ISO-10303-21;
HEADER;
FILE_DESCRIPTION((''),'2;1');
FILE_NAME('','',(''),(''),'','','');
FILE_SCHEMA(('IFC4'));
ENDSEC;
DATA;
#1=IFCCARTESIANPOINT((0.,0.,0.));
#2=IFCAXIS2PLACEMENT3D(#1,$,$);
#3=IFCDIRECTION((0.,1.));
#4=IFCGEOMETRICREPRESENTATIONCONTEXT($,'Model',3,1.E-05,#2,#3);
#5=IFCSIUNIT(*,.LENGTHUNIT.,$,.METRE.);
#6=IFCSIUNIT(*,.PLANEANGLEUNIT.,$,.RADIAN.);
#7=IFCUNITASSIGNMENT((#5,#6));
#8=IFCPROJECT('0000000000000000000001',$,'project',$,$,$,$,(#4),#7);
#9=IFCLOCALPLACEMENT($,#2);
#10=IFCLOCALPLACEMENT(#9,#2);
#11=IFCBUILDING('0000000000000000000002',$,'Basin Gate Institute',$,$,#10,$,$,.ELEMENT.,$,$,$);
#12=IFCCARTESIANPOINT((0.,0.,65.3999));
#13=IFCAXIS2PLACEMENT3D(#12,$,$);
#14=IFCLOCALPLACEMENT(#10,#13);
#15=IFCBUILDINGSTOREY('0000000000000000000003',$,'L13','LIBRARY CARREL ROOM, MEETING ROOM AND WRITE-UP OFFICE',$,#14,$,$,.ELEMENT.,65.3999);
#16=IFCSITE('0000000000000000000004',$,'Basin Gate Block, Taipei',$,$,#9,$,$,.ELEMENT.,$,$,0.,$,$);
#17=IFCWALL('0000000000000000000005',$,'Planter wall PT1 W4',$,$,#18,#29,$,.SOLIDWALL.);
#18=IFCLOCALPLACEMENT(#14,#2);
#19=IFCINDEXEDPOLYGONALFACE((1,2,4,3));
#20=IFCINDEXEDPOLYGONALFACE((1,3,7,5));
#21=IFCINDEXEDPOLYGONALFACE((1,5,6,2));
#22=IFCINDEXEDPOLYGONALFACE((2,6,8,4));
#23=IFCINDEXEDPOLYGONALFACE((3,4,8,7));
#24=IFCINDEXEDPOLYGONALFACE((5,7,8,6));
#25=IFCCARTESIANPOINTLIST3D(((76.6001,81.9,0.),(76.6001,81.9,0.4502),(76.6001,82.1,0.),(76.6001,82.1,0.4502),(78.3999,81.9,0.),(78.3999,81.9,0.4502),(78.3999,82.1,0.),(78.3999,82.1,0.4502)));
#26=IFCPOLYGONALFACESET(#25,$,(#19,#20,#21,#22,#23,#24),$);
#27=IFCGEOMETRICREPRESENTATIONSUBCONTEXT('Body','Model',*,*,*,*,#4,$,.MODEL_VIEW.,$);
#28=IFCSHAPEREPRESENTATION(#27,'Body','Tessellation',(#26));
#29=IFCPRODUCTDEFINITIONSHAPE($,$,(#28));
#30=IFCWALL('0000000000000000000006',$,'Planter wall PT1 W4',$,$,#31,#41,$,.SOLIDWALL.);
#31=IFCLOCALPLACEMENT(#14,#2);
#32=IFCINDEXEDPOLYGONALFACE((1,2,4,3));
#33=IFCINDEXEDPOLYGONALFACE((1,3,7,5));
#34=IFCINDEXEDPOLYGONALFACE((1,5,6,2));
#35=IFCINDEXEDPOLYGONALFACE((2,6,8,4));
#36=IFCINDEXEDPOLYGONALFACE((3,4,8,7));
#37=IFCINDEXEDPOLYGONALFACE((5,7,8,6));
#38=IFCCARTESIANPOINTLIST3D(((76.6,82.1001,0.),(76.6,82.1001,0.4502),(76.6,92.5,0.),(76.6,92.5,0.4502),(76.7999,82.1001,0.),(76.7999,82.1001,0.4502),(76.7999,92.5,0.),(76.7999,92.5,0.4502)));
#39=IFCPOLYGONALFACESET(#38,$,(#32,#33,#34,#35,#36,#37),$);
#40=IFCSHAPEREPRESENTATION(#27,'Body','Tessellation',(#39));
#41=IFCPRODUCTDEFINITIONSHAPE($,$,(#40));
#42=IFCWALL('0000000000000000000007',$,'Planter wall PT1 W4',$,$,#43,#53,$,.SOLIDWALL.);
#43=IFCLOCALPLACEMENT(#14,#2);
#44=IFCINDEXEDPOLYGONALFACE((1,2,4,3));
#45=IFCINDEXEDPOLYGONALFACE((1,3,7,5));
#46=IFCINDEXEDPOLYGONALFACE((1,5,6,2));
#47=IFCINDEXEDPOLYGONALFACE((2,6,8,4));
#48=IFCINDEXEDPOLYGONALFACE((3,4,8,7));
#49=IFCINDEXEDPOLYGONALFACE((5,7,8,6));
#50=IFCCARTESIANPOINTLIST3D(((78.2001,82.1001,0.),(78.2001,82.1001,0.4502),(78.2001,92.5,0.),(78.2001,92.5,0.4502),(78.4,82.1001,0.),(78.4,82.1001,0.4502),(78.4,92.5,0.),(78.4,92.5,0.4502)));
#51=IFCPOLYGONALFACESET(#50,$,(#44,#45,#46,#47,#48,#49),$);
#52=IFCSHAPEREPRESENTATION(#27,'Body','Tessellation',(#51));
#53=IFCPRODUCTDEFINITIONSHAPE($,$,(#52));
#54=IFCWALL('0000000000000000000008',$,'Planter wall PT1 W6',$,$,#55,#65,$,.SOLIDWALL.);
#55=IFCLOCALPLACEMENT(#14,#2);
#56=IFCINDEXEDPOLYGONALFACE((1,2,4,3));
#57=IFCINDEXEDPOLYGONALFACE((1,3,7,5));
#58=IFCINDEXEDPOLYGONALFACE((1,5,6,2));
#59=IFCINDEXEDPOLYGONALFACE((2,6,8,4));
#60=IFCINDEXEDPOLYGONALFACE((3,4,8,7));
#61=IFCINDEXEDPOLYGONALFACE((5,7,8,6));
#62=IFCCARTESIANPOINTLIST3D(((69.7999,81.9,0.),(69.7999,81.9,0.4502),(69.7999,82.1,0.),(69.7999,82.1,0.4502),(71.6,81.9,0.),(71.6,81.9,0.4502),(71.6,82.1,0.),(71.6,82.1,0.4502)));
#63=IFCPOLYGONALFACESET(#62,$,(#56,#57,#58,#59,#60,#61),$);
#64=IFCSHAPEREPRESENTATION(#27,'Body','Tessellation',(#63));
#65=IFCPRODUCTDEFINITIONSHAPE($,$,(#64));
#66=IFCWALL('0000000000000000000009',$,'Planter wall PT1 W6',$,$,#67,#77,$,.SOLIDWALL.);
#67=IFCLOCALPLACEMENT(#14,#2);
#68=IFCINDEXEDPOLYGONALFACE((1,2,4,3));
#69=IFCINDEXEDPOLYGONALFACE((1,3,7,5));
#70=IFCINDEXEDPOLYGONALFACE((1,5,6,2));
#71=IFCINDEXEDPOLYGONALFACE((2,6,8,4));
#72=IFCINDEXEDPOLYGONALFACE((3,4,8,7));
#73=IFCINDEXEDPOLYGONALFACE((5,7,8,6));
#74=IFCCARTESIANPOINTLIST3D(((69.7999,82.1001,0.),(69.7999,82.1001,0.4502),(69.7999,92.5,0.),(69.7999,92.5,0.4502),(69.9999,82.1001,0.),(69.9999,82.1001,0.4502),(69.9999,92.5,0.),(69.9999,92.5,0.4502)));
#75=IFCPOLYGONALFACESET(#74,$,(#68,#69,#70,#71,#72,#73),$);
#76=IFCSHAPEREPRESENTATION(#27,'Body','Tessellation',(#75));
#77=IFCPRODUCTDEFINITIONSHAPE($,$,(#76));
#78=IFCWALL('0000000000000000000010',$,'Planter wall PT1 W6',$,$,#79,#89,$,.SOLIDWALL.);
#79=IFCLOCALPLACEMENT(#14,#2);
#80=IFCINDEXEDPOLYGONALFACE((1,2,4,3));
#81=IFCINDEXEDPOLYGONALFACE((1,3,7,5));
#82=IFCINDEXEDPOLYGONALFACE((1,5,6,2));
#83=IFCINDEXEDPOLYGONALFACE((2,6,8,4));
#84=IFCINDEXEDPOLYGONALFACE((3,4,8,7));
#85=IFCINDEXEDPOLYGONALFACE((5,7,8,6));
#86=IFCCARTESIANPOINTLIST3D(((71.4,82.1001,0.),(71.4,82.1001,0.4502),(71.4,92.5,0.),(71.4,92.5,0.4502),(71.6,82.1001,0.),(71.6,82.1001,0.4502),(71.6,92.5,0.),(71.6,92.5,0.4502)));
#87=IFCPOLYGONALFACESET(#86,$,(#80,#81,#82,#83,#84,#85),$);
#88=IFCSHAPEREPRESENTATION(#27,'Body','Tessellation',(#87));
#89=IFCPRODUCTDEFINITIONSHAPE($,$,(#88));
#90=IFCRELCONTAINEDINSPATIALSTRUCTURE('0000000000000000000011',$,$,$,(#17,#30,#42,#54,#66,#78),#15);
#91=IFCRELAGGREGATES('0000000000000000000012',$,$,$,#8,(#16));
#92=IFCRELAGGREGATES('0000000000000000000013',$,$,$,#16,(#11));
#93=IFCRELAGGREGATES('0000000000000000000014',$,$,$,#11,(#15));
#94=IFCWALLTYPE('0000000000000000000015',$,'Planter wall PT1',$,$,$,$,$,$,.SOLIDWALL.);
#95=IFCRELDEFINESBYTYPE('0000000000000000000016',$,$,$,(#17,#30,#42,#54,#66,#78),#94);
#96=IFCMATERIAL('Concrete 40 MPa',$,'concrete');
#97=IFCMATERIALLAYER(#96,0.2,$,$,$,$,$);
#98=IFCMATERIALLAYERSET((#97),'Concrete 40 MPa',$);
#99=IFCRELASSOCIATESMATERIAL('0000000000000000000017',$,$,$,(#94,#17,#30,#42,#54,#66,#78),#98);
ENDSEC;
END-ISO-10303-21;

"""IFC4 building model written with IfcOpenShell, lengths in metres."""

from ifc_helpers import new_model, si_unit, direction, frame, frame_2d, origin, place, context, subcontext, project, spatial, rectangle, extrude, material, layer, layer_set, type_object, element, save


model = new_model("IFC4")

# Units and contexts
model_context = context("Model", 3, precision=1e-05, world=origin(), true_north=direction((0.0, 1.0)))
body_context = subcontext(model_context, "Body", "Model", "MODEL_VIEW")
ifc_project = project(units=[si_unit("LENGTHUNIT", "METRE"), si_unit("PLANEANGLEUNIT", "RADIAN")], contexts=[model_context])

# Site, building, storey
site_placement = place(None, origin())
site = spatial("IfcSite", under=ifc_project, at=site_placement, Name="Basin Gate Block, Taipei", CompositionType="ELEMENT", RefElevation=0.0)
building_placement = place(site_placement, origin())
building = spatial("IfcBuilding", under=site, at=building_placement, Name="Basin Gate Institute", CompositionType="ELEMENT")
storey_placement = place(building_placement, frame((0.0, 0.0, 65.3999)))
storey = spatial("IfcBuildingStorey", under=building, at=storey_placement, Name="L13", Description="LIBRARY CARREL ROOM, MEETING ROOM AND WRITE-UP OFFICE", CompositionType="ELEMENT", Elevation=65.3999)

# Walls
ifc_material_1 = material(Name="Concrete 40 MPa", Category="concrete")
ifc_layer_1 = layer(ifc_material_1, 0.2)
ifc_layer_set_1 = layer_set([ifc_layer_1], Name="Concrete 40 MPa")
wall_type_1 = type_object("IfcWallType", Name="Planter wall PT1", PredefinedType="SOLIDWALL", material=ifc_layer_set_1)
wall_1_placement = place(storey_placement, frame((76.6001, 82.0, 0.0), z_axis=(0.0, 0.0, 1.0), x_axis=(1.0, 0.0, 0.0)))
element("IfcWall", 1, at=wall_1_placement, inside=storey, type_object=wall_type_1, material=ifc_layer_set_1, Name="Planter wall PT1 W4", PredefinedType="SOLIDWALL", context=body_context, shape_type="SweptSolid", body=[
    extrude(rectangle(XDim=1.7998, YDim=0.2, at=frame_2d((0.8999, 0.0))), origin(), (0.0, 0.0, 1.0), 0.4502),
])
for number, where, z_axis, x_axis, name in (
    (2, (76.7, 82.1001, 0.0), (0.0, 0.0, 1.0), (0.0, 1.0, 0.0), "Planter wall PT1 W4"),
    (3, (78.3, 82.1001, 0.0), (0.0, 0.0, 1.0), (0.0, 1.0, 0.0), "Planter wall PT1 W4"),
):
    element("IfcWall", number, at=place(storey_placement, frame(where, z_axis=z_axis, x_axis=x_axis)), inside=storey, type_object=wall_type_1, material=ifc_layer_set_1, Name=name, PredefinedType="SOLIDWALL", context=body_context, shape_type="SweptSolid", body=[
        extrude(rectangle(XDim=10.3999, YDim=0.2, at=frame_2d((5.2, 0.0))), origin(), (0.0, 0.0, 1.0), 0.4502),
    ])
wall_2_placement = place(storey_placement, frame((69.8, 82.0, 0.0), z_axis=(0.0, 0.0, 1.0), x_axis=(1.0, 0.0, 0.0)))
element("IfcWall", 4, at=wall_2_placement, inside=storey, type_object=wall_type_1, material=ifc_layer_set_1, Name="Planter wall PT1 W6", PredefinedType="SOLIDWALL", context=body_context, shape_type="SweptSolid", body=[
    extrude(rectangle(XDim=1.8, YDim=0.2, at=frame_2d((0.8999, 0.0))), origin(), (0.0, 0.0, 1.0), 0.4502),
])
for number, where, z_axis, x_axis, name in (
    (5, (69.8999, 82.1001, 0.0), (0.0, 0.0, 1.0), (0.0, 1.0, 0.0), "Planter wall PT1 W6"),
    (6, (71.5, 82.1001, 0.0), (0.0, 0.0, 1.0), (0.0, 1.0, 0.0), "Planter wall PT1 W6"),
):
    element("IfcWall", number, at=place(storey_placement, frame(where, z_axis=z_axis, x_axis=x_axis)), inside=storey, type_object=wall_type_1, material=ifc_layer_set_1, Name=name, PredefinedType="SOLIDWALL", context=body_context, shape_type="SweptSolid", body=[
        extrude(rectangle(XDim=10.3999, YDim=0.2, at=frame_2d((5.2, 0.0))), origin(), (0.0, 0.0, 1.0), 0.4502),
    ])

save(model, "model.ifc")
